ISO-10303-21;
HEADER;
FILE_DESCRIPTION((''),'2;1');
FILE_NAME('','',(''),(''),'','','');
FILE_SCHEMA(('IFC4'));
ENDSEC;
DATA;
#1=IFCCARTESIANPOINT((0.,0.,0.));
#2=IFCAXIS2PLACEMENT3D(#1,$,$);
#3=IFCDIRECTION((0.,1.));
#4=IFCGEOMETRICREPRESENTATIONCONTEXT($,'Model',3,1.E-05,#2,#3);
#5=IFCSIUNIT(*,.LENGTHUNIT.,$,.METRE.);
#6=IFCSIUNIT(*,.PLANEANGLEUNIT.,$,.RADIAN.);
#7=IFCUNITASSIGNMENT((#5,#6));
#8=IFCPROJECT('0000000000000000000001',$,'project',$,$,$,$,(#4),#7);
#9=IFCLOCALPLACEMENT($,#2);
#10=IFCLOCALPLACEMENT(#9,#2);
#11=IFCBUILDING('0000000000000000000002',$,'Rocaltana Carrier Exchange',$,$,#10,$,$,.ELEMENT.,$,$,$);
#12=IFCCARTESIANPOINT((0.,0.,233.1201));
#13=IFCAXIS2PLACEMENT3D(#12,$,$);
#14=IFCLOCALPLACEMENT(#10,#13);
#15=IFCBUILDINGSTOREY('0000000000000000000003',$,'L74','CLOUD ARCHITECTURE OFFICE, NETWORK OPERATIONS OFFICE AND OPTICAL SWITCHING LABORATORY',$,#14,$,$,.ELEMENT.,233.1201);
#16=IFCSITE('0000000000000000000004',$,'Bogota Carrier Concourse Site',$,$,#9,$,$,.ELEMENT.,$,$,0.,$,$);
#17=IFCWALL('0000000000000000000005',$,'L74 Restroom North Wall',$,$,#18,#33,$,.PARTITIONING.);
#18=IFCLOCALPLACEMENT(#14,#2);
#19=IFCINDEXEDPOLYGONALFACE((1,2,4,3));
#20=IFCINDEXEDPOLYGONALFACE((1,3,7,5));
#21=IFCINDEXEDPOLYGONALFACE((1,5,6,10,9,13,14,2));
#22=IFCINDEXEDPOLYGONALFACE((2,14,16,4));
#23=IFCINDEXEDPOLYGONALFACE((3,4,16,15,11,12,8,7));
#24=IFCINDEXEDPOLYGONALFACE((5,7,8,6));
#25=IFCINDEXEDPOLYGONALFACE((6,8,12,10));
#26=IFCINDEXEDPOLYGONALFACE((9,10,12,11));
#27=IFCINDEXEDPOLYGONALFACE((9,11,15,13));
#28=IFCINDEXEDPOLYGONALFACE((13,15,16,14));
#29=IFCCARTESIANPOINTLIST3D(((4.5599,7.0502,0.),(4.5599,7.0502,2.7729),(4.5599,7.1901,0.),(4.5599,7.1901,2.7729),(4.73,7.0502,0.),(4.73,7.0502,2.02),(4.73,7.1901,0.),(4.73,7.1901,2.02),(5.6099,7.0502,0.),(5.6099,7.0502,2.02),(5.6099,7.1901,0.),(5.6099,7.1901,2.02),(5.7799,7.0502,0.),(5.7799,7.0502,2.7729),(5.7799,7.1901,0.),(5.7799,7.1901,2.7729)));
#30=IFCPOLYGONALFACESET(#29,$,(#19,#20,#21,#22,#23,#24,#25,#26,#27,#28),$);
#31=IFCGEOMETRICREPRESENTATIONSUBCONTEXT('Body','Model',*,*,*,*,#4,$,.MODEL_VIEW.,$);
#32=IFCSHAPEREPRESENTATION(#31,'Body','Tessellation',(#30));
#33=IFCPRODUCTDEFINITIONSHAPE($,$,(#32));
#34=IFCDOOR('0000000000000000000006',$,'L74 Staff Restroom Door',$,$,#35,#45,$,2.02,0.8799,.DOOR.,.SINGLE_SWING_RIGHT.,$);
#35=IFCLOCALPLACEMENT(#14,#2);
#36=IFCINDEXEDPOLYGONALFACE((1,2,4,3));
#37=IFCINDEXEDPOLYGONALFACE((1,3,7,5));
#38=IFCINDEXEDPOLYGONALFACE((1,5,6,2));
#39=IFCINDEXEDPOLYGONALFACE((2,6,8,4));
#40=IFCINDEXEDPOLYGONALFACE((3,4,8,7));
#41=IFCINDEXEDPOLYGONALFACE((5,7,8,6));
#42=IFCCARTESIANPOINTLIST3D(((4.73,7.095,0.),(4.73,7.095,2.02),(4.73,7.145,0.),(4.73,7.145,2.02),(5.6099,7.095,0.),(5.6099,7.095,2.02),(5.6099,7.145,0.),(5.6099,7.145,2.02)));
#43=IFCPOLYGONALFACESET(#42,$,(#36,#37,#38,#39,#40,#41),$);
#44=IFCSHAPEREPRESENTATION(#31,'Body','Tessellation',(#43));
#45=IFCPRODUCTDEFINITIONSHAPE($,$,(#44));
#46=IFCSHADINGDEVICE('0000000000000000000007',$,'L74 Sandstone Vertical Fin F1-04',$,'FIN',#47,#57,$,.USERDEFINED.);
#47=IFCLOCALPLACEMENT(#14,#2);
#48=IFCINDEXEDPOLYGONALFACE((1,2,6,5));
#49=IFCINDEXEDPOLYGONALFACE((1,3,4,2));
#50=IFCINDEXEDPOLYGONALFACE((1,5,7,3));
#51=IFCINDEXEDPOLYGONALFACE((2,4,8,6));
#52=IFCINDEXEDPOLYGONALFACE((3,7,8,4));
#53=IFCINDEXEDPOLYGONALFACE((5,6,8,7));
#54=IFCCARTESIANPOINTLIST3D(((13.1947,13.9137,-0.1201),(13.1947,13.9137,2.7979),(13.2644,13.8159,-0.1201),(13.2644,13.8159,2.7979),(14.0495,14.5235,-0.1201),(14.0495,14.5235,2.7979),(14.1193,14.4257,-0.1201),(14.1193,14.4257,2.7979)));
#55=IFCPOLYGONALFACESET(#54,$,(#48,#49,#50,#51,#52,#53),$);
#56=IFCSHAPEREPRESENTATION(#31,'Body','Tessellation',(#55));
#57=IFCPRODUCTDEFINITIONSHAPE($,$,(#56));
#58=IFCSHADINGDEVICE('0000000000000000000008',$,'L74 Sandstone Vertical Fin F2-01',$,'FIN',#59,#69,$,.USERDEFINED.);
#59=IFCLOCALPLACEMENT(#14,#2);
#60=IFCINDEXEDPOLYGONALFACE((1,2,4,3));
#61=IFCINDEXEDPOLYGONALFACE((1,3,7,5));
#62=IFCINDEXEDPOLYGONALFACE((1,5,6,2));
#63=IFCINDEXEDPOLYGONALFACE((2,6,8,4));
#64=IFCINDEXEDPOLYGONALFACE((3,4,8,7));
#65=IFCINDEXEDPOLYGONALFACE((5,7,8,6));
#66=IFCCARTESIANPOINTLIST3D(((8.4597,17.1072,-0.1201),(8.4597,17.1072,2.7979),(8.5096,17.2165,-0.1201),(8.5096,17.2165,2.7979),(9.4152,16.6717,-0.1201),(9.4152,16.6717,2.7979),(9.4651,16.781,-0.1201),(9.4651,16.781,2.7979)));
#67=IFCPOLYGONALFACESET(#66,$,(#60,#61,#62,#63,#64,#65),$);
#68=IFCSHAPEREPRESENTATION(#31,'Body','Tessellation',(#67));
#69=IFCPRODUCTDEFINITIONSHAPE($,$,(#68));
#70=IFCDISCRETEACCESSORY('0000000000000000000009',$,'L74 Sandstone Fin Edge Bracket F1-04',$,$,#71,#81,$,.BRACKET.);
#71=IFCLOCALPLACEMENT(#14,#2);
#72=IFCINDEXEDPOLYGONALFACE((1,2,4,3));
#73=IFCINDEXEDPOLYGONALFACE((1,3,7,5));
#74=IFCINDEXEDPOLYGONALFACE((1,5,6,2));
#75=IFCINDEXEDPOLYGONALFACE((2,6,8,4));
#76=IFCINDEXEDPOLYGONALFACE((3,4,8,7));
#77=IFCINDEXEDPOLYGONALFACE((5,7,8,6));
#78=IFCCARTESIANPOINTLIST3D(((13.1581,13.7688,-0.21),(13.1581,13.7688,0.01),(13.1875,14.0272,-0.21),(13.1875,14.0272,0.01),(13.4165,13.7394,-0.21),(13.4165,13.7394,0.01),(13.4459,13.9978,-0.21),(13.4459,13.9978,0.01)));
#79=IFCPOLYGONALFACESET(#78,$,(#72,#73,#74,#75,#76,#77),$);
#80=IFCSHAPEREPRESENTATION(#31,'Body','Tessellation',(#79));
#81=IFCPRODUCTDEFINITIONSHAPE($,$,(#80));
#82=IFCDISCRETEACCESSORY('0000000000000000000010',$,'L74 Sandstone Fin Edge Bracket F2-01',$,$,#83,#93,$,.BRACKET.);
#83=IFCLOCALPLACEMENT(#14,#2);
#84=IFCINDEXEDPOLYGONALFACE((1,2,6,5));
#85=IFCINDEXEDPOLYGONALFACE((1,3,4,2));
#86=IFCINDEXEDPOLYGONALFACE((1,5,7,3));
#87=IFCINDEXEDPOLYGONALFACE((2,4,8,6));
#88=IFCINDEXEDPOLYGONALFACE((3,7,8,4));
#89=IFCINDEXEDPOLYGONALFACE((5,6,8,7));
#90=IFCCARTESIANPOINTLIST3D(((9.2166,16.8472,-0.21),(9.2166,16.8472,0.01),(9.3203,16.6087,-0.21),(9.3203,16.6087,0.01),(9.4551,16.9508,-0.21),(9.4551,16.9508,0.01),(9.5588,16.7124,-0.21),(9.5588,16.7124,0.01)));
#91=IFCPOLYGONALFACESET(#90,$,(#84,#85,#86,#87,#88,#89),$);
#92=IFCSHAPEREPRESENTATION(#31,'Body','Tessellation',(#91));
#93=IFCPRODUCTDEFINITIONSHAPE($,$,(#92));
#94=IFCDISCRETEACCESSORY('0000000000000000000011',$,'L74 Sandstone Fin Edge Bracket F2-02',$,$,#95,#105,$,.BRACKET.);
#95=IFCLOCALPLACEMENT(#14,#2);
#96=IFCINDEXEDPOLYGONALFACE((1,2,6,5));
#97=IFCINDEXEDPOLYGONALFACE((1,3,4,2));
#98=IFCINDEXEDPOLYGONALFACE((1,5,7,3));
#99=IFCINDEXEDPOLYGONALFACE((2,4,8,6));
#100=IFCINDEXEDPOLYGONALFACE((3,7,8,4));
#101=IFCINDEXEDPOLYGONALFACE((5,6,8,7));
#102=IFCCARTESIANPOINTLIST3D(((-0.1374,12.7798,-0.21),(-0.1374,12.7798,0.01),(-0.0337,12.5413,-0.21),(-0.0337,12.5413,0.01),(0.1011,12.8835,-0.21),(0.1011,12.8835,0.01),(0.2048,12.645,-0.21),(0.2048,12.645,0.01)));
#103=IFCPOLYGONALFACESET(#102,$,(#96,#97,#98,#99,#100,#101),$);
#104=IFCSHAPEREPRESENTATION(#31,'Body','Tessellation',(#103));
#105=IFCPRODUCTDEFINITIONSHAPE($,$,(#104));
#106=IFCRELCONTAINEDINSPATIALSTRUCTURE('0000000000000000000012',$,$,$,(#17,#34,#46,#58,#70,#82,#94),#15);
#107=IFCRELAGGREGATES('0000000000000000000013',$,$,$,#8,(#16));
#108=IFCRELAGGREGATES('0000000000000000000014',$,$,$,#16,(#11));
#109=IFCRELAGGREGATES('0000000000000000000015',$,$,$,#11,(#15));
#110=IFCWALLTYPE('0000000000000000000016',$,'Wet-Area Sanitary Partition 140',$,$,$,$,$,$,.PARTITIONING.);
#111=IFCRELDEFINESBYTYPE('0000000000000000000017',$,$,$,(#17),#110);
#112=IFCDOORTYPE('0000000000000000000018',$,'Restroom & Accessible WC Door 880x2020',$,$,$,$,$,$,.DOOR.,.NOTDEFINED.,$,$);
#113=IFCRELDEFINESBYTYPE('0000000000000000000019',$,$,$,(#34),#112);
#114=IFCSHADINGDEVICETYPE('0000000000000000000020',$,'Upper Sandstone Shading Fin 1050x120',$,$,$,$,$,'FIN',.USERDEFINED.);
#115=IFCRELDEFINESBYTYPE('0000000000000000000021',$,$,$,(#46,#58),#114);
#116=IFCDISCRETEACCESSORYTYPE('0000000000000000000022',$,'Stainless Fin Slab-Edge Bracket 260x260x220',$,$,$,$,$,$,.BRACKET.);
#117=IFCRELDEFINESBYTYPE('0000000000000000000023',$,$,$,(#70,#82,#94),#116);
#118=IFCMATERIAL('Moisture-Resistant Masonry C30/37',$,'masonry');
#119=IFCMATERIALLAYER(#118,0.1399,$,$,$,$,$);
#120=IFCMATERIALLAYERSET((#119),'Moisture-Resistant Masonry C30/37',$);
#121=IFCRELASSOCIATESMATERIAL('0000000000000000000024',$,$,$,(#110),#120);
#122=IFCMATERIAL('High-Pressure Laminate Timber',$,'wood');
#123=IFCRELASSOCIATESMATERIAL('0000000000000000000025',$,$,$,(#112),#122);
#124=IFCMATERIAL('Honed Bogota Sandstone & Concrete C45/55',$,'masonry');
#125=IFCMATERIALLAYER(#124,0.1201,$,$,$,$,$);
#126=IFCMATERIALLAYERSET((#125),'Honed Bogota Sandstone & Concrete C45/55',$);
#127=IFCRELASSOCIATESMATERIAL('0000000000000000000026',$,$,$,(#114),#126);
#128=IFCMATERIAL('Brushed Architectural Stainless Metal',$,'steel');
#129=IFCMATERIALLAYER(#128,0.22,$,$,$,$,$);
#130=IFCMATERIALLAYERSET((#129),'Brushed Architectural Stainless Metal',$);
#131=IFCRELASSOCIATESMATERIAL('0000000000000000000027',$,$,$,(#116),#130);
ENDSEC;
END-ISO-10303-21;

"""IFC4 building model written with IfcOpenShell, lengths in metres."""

from ifc_helpers import new_model, si_unit, direction, frame, frame_2d, origin, origin_2d, place, context, subcontext, project, spatial, rectangle, extrude, material, layer, layer_set, type_object, element, fill, save


model = new_model("IFC4")

# Units and contexts
model_context = context("Model", 3, precision=1e-05, world=origin(), true_north=direction((0.0, 1.0)))
body_context = subcontext(model_context, "Body", "Model", "MODEL_VIEW")
ifc_project = project(units=[si_unit("LENGTHUNIT", "METRE"), si_unit("PLANEANGLEUNIT", "RADIAN")], contexts=[model_context])

# Site, building, storey
site_placement = place(None, origin())
site = spatial("IfcSite", under=ifc_project, at=site_placement, Name="Bogota Carrier Concourse Site", CompositionType="ELEMENT", RefElevation=0.0)
building_placement = place(site_placement, origin())
building = spatial("IfcBuilding", under=site, at=building_placement, Name="Rocaltana Carrier Exchange", CompositionType="ELEMENT")
storey_placement = place(building_placement, frame((0.0, 0.0, 233.1201)))
storey = spatial("IfcBuildingStorey", under=building, at=storey_placement, Name="L74", Description="CLOUD ARCHITECTURE OFFICE, NETWORK OPERATIONS OFFICE AND OPTICAL SWITCHING LABORATORY", CompositionType="ELEMENT", Elevation=233.1201)

# Wall, opening, door
ifc_material_1 = material(Name="Moisture-Resistant Masonry C30/37", Category="masonry")
ifc_layer_1 = layer(ifc_material_1, 0.1399)
ifc_layer_set_1 = layer_set([ifc_layer_1], Name="Moisture-Resistant Masonry C30/37")
wall_type_1 = type_object("IfcWallType", Name="Wet-Area Sanitary Partition 140", PredefinedType="PARTITIONING", material=ifc_layer_set_1)
wall_1_placement = place(storey_placement, frame((4.5601, 7.1201, 0.0), z_axis=(0.0, 0.0, 1.0), x_axis=(1.0, 0.0, 0.0)))
wall_1 = element("IfcWall", 1, at=wall_1_placement, inside=storey, type_object=wall_type_1, Name="L74 Restroom North Wall", PredefinedType="PARTITIONING", context=body_context, shape_type="SweptSolid", body=[
    extrude(rectangle(XDim=1.22, YDim=0.1399, at=frame_2d((0.6099, 0.0))), origin(), (0.0, 0.0, 1.0), 2.7729),
])
opening_1_placement = place(wall_1_placement, frame((0.1699, 0.0, 0.0)))
opening_1 = element("IfcOpeningElement", 2, at=opening_1_placement, cuts=wall_1, PredefinedType="OPENING", context=body_context, shape_type="SweptSolid", body=[
    extrude(rectangle(XDim=0.8799, YDim=2.02, at=frame_2d((0.4399, 1.01))), frame((0.0, 0.0798, 0.0), z_axis=(0.0, -1.0, 0.0), x_axis=(1.0, 0.0, 0.0)), (0.0, 0.0, 1.0), 0.1599),
])
ifc_material_2 = material(Name="High-Pressure Laminate Timber", Category="wood")
door_type_1 = type_object("IfcDoorType", Name="Restroom & Accessible WC Door 880x2020", OperationType="NOTDEFINED", PredefinedType="DOOR", material=ifc_material_2)
door_1_placement = place(opening_1_placement, origin())
door_1 = element("IfcDoor", 3, at=door_1_placement, inside=storey, type_object=door_type_1, Name="L74 Staff Restroom Door", OperationType="SINGLE_SWING_RIGHT", OverallHeight=2.02, OverallWidth=0.8799, PredefinedType="DOOR", context=body_context, shape_type="SweptSolid", body=[
    extrude(rectangle(XDim=0.8799, YDim=2.02, at=frame_2d((0.4399, 1.01))), frame((0.0, 0.0249, 0.0), z_axis=(0.0, -1.0, 0.0), x_axis=(1.0, 0.0, 0.0)), (0.0, 0.0, 1.0), 0.05),
])
fill(opening_1, door_1)

# Shading devices
ifc_material_3 = material(Name="Honed Bogota Sandstone & Concrete C45/55", Category="masonry")
ifc_layer_2 = layer(ifc_material_3, 0.1201)
ifc_layer_set_2 = layer_set([ifc_layer_2], Name="Honed Bogota Sandstone & Concrete C45/55")
shading_device_type = type_object("IfcShadingDeviceType", Name="Upper Sandstone Shading Fin 1050x120", ElementType="FIN", PredefinedType="USERDEFINED", material=ifc_layer_set_2)
for number, where, z_axis, x_axis, name in (
    (4, (13.657, 14.1697, -0.1201), (0.0, 0.0, 1.0), (0.814116, 0.580703, 0.0), "L74 Sandstone Vertical Fin F1-04"),
    (5, (8.9624, 16.9441, -0.1201), (0.0, 0.0, 1.0), (-0.909961, 0.414693, 0.0), "L74 Sandstone Vertical Fin F2-01"),
):
    element("IfcShadingDevice", number, at=place(storey_placement, frame(where, z_axis=z_axis, x_axis=x_axis)), inside=storey, type_object=shading_device_type, Name=name, ObjectType="FIN", PredefinedType="USERDEFINED", context=body_context, shape_type="SweptSolid", body=[
        extrude(rectangle(XDim=1.05, YDim=0.1201, at=origin_2d()), origin(), (0.0, 0.0, 1.0), 2.918),
    ])

# Discrete accessories
ifc_material_4 = material(Name="Brushed Architectural Stainless Metal", Category="steel")
ifc_layer_3 = layer(ifc_material_4, 0.22)
ifc_layer_set_3 = layer_set([ifc_layer_3], Name="Brushed Architectural Stainless Metal")
discrete_accessory_type = type_object("IfcDiscreteAccessoryType", Name="Stainless Fin Slab-Edge Bracket 260x260x220", PredefinedType="BRACKET", material=ifc_layer_set_3)
for number, where, z_axis, x_axis, name in (
    (6, (13.302, 13.8833, -0.21), (0.0, 0.0, 1.0), (0.113203, 0.993572, 0.0), "L74 Sandstone Fin Edge Bracket F1-04"),
    (7, (9.3877, 16.7798, -0.21), (0.0, 0.0, 1.0), (-0.91706, -0.398749, 0.0), "L74 Sandstone Fin Edge Bracket F2-01"),
    (8, (0.0337, 12.7124, -0.21), (0.0, 0.0, 1.0), (-0.91706, -0.398749, 0.0), "L74 Sandstone Fin Edge Bracket F2-02"),
):
    element("IfcDiscreteAccessory", number, at=place(storey_placement, frame(where, z_axis=z_axis, x_axis=x_axis)), inside=storey, type_object=discrete_accessory_type, Name=name, PredefinedType="BRACKET", context=body_context, shape_type="SweptSolid", body=[
        extrude(rectangle(XDim=0.26, YDim=0.26, at=origin_2d()), origin(), (0.0, 0.0, 1.0), 0.22),
    ])

save(model, "model.ifc")
